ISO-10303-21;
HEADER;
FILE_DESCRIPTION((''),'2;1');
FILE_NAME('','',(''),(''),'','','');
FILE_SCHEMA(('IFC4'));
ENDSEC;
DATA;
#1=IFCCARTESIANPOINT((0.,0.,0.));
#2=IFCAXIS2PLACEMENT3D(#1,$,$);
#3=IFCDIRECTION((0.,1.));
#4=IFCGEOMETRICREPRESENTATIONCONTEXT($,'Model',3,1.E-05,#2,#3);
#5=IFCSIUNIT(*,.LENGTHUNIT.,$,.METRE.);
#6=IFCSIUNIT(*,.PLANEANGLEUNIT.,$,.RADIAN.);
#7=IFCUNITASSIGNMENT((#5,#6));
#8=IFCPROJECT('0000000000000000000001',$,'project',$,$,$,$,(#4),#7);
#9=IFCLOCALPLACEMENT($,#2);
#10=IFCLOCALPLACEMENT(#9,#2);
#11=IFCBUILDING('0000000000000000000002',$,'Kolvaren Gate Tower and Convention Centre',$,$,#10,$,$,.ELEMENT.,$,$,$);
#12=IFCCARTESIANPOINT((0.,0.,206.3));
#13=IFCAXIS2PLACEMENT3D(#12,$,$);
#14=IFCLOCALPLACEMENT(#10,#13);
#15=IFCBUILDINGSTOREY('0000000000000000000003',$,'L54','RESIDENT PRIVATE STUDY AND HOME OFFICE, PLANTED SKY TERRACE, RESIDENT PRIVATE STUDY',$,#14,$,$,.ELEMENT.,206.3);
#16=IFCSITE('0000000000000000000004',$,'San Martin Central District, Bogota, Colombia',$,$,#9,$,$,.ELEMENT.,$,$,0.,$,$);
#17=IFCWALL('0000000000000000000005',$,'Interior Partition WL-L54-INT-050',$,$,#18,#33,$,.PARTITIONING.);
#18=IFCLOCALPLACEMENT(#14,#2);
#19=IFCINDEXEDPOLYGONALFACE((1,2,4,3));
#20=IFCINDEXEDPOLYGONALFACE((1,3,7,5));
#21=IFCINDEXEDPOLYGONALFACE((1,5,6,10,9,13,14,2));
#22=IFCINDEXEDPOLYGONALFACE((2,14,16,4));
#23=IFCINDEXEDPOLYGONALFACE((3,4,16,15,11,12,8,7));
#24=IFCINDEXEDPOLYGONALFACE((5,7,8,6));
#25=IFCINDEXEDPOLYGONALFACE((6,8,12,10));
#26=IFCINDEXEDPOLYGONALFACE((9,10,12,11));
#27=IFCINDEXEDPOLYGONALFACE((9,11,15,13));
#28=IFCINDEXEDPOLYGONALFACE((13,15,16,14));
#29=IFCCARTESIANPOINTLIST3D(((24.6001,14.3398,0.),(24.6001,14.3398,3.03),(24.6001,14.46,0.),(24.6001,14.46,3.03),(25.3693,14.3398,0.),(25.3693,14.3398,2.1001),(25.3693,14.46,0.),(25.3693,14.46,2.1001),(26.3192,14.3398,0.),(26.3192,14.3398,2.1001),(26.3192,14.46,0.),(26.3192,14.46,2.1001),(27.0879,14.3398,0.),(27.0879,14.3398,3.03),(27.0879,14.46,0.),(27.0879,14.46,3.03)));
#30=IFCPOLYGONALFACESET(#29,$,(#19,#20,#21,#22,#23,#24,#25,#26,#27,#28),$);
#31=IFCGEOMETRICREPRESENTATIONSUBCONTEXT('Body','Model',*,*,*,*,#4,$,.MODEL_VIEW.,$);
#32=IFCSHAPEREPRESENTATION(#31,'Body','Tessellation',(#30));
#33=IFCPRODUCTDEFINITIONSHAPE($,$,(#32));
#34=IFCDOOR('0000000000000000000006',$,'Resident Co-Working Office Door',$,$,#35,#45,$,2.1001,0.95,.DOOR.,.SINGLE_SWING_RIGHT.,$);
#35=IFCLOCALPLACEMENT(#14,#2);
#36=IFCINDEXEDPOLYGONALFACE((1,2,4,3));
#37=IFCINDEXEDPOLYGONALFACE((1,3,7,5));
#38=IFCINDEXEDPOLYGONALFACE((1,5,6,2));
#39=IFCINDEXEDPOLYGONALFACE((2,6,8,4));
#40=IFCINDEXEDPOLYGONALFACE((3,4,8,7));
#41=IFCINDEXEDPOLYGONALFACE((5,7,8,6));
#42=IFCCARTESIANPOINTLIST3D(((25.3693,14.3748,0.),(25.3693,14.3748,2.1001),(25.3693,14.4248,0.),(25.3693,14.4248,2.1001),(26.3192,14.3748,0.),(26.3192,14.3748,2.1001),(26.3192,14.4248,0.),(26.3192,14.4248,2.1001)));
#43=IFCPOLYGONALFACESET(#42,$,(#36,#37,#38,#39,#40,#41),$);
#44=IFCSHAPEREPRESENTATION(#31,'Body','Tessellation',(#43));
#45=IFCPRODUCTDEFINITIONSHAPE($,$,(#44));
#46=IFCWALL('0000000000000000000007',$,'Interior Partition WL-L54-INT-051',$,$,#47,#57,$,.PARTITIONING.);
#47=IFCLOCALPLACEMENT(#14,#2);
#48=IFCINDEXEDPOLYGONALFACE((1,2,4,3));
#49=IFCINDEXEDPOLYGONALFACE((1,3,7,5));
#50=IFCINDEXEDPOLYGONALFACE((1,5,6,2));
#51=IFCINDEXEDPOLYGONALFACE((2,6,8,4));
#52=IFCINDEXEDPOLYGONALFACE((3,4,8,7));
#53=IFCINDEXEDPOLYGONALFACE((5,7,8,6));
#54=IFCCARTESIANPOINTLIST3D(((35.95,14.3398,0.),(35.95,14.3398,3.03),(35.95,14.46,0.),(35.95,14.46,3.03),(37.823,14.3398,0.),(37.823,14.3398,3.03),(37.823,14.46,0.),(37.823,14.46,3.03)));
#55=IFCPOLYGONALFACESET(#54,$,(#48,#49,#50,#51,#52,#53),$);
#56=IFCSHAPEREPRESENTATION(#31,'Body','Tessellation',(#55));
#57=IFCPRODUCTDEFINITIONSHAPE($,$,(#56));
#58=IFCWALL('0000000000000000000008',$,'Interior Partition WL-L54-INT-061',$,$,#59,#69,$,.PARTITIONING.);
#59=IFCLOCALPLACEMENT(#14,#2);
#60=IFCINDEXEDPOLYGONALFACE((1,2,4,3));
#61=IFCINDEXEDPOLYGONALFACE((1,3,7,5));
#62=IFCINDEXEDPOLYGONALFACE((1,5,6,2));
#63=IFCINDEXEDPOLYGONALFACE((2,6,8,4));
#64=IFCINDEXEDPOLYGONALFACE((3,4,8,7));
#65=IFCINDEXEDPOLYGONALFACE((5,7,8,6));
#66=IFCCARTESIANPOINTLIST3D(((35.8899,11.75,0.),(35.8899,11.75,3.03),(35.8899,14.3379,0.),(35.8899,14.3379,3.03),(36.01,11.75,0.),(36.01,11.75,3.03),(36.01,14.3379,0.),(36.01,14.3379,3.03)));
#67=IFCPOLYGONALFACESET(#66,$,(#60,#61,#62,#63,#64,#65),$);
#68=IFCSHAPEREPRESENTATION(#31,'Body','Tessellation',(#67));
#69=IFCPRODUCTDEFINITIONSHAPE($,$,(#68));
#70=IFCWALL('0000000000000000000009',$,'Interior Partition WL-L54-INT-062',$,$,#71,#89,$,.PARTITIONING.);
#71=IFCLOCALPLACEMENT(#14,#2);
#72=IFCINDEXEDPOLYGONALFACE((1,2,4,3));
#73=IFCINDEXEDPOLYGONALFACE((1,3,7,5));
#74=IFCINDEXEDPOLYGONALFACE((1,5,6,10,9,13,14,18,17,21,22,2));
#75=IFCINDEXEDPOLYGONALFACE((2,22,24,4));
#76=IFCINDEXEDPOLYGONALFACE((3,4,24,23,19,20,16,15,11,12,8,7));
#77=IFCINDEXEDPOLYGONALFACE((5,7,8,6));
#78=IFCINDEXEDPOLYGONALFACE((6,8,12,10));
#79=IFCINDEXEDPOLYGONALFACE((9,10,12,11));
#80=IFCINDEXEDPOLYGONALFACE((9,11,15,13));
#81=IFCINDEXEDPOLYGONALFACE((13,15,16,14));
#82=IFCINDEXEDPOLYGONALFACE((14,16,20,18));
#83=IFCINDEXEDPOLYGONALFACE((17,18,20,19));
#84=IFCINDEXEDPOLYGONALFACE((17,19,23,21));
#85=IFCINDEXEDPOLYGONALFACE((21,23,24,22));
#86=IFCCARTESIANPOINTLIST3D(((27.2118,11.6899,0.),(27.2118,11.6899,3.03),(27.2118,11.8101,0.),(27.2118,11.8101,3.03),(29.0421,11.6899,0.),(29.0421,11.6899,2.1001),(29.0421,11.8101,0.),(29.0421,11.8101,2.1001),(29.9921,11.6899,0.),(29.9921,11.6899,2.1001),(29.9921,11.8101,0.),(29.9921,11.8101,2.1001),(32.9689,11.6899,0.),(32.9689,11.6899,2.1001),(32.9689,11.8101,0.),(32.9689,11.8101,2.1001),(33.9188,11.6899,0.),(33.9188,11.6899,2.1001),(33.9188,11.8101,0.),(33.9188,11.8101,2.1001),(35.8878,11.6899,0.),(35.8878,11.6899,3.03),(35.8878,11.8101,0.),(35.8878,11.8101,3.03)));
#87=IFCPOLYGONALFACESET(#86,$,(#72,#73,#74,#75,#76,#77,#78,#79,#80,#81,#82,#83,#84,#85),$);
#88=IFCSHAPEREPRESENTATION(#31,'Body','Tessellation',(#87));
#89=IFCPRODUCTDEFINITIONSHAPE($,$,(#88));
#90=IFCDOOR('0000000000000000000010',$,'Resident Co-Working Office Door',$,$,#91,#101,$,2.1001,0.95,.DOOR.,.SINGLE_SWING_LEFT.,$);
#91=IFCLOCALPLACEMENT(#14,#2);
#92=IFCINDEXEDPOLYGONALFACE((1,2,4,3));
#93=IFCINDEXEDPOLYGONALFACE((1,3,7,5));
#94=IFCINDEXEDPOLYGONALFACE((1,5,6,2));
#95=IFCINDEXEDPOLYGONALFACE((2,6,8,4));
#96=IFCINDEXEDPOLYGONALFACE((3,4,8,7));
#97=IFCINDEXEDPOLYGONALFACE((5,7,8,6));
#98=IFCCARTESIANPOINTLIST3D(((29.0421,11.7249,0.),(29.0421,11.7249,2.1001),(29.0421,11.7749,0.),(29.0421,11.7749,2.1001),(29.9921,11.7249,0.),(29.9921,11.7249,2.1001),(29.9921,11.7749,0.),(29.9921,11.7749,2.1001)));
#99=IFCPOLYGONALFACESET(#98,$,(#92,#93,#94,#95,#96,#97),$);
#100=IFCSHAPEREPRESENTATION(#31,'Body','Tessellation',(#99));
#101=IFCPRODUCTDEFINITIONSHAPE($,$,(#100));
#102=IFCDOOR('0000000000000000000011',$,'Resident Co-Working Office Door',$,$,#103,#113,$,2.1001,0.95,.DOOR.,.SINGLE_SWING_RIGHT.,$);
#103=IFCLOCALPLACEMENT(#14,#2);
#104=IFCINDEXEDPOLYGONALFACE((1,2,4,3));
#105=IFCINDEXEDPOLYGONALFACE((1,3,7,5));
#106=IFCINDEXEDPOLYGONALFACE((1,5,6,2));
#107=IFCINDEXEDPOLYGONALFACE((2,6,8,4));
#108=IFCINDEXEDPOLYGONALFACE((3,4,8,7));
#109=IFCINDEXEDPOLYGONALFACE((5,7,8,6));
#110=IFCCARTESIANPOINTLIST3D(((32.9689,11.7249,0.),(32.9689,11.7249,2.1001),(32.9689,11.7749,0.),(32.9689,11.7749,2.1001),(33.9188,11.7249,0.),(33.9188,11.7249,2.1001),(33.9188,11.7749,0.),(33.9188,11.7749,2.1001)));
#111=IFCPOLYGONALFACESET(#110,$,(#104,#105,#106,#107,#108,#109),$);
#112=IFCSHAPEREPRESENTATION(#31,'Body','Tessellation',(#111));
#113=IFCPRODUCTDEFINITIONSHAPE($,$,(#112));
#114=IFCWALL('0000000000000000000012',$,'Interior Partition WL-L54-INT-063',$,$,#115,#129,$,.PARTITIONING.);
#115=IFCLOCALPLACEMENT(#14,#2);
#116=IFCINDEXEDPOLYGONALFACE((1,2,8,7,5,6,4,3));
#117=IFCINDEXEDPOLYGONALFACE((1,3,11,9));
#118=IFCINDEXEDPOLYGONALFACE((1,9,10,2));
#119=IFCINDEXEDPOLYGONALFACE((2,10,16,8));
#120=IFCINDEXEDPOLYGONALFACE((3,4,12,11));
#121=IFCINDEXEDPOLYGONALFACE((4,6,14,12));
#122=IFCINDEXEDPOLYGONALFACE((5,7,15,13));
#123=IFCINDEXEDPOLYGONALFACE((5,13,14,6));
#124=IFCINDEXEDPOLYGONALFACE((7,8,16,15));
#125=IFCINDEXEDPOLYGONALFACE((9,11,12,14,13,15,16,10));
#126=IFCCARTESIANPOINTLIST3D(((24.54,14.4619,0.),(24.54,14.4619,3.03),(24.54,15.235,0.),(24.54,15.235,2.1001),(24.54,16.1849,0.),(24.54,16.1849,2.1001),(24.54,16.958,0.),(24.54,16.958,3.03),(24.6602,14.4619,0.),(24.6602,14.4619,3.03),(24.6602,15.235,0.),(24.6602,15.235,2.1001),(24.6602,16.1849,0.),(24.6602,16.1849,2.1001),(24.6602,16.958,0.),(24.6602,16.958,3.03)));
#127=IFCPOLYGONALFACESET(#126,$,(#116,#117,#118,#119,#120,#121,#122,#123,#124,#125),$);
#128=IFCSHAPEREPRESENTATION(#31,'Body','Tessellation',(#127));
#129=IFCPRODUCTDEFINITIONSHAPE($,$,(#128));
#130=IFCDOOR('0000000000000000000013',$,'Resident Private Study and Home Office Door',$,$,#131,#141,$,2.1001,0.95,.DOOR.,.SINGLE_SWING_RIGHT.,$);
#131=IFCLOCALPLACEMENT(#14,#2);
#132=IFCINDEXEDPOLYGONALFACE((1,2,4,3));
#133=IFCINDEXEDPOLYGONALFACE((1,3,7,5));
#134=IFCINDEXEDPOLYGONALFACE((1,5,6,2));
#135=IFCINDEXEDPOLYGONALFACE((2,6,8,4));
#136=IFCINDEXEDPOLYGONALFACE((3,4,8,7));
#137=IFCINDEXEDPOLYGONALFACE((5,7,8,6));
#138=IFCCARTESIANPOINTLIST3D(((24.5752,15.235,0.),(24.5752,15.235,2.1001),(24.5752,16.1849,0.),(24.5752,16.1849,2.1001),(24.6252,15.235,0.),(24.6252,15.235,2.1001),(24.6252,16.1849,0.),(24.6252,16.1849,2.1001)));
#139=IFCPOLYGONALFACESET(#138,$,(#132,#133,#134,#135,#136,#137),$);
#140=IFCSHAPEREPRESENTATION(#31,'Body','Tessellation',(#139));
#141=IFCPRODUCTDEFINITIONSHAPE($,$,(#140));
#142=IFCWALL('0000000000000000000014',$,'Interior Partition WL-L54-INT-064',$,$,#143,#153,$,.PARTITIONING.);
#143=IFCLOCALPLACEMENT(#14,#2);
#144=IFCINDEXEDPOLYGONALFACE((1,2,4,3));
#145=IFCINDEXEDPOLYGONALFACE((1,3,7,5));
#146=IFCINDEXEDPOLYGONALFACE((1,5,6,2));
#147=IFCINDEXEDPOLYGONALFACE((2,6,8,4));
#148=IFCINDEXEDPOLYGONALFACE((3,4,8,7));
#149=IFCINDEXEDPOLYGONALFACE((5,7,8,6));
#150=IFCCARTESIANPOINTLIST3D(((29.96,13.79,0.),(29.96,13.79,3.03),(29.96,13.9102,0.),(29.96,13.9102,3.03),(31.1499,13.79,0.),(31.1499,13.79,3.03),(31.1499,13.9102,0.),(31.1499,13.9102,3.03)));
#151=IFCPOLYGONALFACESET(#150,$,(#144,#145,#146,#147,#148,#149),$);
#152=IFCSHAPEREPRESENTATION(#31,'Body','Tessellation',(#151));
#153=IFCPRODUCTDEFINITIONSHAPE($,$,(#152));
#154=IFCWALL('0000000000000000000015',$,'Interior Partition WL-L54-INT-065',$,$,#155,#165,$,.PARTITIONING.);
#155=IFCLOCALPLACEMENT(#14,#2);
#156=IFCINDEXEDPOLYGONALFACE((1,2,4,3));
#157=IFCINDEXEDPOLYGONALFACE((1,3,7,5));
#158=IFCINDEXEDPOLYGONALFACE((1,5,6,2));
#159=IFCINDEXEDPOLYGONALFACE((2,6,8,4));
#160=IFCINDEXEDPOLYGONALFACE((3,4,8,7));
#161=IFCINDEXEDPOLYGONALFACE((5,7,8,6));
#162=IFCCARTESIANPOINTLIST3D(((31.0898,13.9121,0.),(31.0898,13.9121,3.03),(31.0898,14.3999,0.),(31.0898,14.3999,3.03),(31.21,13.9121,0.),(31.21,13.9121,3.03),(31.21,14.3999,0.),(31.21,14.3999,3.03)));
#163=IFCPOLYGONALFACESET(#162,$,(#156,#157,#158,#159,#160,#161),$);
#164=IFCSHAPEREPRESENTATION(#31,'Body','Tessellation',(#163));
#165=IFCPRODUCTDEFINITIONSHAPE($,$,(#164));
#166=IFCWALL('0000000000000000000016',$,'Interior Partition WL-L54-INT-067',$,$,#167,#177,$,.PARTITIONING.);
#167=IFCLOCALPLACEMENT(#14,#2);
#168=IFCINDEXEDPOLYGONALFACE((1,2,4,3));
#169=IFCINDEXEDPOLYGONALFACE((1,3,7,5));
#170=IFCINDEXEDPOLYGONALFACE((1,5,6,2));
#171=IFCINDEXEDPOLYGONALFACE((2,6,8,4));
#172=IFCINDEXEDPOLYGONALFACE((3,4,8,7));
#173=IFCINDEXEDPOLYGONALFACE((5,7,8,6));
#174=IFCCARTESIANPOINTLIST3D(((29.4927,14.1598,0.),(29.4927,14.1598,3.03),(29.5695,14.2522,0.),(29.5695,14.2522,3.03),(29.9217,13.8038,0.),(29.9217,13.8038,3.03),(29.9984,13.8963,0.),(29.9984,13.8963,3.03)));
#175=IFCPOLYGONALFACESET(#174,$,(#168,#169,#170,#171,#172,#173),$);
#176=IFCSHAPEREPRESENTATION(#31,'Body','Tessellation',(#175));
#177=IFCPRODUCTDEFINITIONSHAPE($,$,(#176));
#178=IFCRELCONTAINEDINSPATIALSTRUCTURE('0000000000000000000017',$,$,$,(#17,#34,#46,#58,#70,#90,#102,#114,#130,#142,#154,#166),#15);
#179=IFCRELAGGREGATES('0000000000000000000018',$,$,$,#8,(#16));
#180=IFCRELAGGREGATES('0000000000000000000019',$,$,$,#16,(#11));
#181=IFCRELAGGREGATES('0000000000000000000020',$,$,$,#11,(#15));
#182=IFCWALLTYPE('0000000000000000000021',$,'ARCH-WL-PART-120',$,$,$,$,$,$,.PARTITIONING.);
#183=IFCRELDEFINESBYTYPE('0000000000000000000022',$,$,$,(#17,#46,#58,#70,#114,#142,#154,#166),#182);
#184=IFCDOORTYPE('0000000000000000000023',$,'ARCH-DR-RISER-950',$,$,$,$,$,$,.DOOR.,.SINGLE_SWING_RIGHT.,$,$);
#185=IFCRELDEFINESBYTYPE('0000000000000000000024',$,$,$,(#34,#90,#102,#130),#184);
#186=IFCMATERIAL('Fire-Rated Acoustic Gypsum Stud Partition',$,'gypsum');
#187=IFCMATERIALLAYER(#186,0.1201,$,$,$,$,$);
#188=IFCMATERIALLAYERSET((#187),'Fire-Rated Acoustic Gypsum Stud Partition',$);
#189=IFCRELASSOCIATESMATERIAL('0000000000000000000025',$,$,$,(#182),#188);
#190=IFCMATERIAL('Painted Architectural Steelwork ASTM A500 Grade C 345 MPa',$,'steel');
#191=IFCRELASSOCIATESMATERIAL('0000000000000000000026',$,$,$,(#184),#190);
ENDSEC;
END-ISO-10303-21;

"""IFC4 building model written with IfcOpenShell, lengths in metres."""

from ifc_helpers import new_model, si_unit, direction, frame, frame_2d, origin, place, context, subcontext, project, spatial, rectangle, extrude, material, layer, layer_set, type_object, element, fill, save


model = new_model("IFC4")

# Units and contexts
model_context = context("Model", 3, precision=1e-05, world=origin(), true_north=direction((0.0, 1.0)))
body_context = subcontext(model_context, "Body", "Model", "MODEL_VIEW")
ifc_project = project(units=[si_unit("LENGTHUNIT", "METRE"), si_unit("PLANEANGLEUNIT", "RADIAN")], contexts=[model_context])

# Site, building, storey
site_placement = place(None, origin())
site = spatial("IfcSite", under=ifc_project, at=site_placement, Name="San Martin Central District, Bogota, Colombia", CompositionType="ELEMENT", RefElevation=0.0)
building_placement = place(site_placement, origin())
building = spatial("IfcBuilding", under=site, at=building_placement, Name="Kolvaren Gate Tower and Convention Centre", CompositionType="ELEMENT")
storey_placement = place(building_placement, frame((0.0, 0.0, 206.3)))
storey = spatial("IfcBuildingStorey", under=building, at=storey_placement, Name="L54", Description="RESIDENT PRIVATE STUDY AND HOME OFFICE, PLANTED SKY TERRACE, RESIDENT PRIVATE STUDY", CompositionType="ELEMENT", Elevation=206.3)

# Shared definitions
ifc_material_1 = material(Name="Fire-Rated Acoustic Gypsum Stud Partition", Category="gypsum")
ifc_layer_1 = layer(ifc_material_1, 0.1201)
ifc_layer_set_1 = layer_set([ifc_layer_1], Name="Fire-Rated Acoustic Gypsum Stud Partition")
wall_type_1 = type_object("IfcWallType", Name="ARCH-WL-PART-120", PredefinedType="PARTITIONING", material=ifc_layer_set_1)

# Wall, opening, door
wall_1_placement = place(storey_placement, frame((24.6001, 14.3999, 0.0), z_axis=(0.0, 0.0, 1.0), x_axis=(1.0, 0.0, 0.0)))
wall_1 = element("IfcWall", 1, at=wall_1_placement, inside=storey, type_object=wall_type_1, Name="Interior Partition WL-L54-INT-050", PredefinedType="PARTITIONING", context=body_context, shape_type="SweptSolid", body=[
    extrude(rectangle(XDim=2.4878, YDim=0.1201, at=frame_2d((1.2439, 0.0))), origin(), (0.0, 0.0, 1.0), 3.03),
])
opening_1_placement = place(wall_1_placement, frame((0.769, 0.0, 0.0)))
opening_1 = element("IfcOpeningElement", 2, at=opening_1_placement, cuts=wall_1, PredefinedType="OPENING", context=body_context, shape_type="SweptSolid", body=[
    extrude(rectangle(XDim=0.95, YDim=2.1001, at=frame_2d((0.4751, 1.05))), frame((0.0, 0.0701, 0.0), z_axis=(0.0, -1.0, 0.0), x_axis=(1.0, 0.0, 0.0)), (0.0, 0.0, 1.0), 0.1401),
])
ifc_material_2 = material(Name="Painted Architectural Steelwork ASTM A500 Grade C 345 MPa", Category="steel")
door_type = type_object("IfcDoorType", Name="ARCH-DR-RISER-950", OperationType="SINGLE_SWING_RIGHT", PredefinedType="DOOR", material=ifc_material_2)
door_1_placement = place(opening_1_placement, origin())
door_1 = element("IfcDoor", 3, at=door_1_placement, inside=storey, type_object=door_type, Name="Resident Co-Working Office Door", OperationType="SINGLE_SWING_RIGHT", OverallHeight=2.1001, OverallWidth=0.95, PredefinedType="DOOR", context=body_context, shape_type="SweptSolid", body=[
    extrude(rectangle(XDim=0.95, YDim=2.1001, at=frame_2d((0.4751, 1.05))), frame((0.0, 0.0249, 0.0), z_axis=(0.0, -1.0, 0.0), x_axis=(1.0, 0.0, 0.0)), (0.0, 0.0, 1.0), 0.05),
])
fill(opening_1, door_1)

# Walls
wall_2_placement = place(storey_placement, frame((35.95, 14.3999, 0.0), z_axis=(0.0, 0.0, 1.0), x_axis=(1.0, 0.0, 0.0)))
element("IfcWall", 4, at=wall_2_placement, inside=storey, type_object=wall_type_1, Name="Interior Partition WL-L54-INT-051", PredefinedType="PARTITIONING", context=body_context, shape_type="SweptSolid", body=[
    extrude(rectangle(XDim=1.873, YDim=0.1201, at=frame_2d((0.9365, 0.0))), origin(), (0.0, 0.0, 1.0), 3.03),
])
wall_3_placement = place(storey_placement, frame((35.95, 11.75, 0.0), z_axis=(0.0, 0.0, 1.0), x_axis=(0.0, 1.0, 0.0)))
element("IfcWall", 5, at=wall_3_placement, inside=storey, type_object=wall_type_1, Name="Interior Partition WL-L54-INT-061", PredefinedType="PARTITIONING", context=body_context, shape_type="SweptSolid", body=[
    extrude(rectangle(XDim=2.5879, YDim=0.1201, at=frame_2d((1.2939, 0.0))), origin(), (0.0, 0.0, 1.0), 3.03),
])

# Wall, openings, doors
wall_4_placement = place(storey_placement, frame((27.2119, 11.75, 0.0), z_axis=(0.0, 0.0, 1.0), x_axis=(1.0, 0.0, 0.0)))
wall_4 = element("IfcWall", 6, at=wall_4_placement, inside=storey, type_object=wall_type_1, Name="Interior Partition WL-L54-INT-062", PredefinedType="PARTITIONING", context=body_context, shape_type="SweptSolid", body=[
    extrude(rectangle(XDim=8.676, YDim=0.1201, at=frame_2d((4.3379, 0.0))), origin(), (0.0, 0.0, 1.0), 3.03),
])
opening_2_placement = place(wall_4_placement, frame((1.8301, 0.0, 0.0)))
opening_2 = element("IfcOpeningElement", 7, at=opening_2_placement, cuts=wall_4, PredefinedType="OPENING", context=body_context, shape_type="SweptSolid", body=[
    extrude(rectangle(XDim=0.95, YDim=2.1001, at=frame_2d((0.4751, 1.05))), frame((0.0, 0.0701, 0.0), z_axis=(0.0, -1.0, 0.0), x_axis=(1.0, 0.0, 0.0)), (0.0, 0.0, 1.0), 0.1401),
])
opening_3_placement = place(wall_4_placement, frame((5.7568, 0.0, 0.0)))
opening_3 = element("IfcOpeningElement", 8, at=opening_3_placement, cuts=wall_4, PredefinedType="OPENING", context=body_context, shape_type="SweptSolid", body=[
    extrude(rectangle(XDim=0.95, YDim=2.1001, at=frame_2d((0.4751, 1.05))), frame((0.0, 0.0701, 0.0), z_axis=(0.0, -1.0, 0.0), x_axis=(1.0, 0.0, 0.0)), (0.0, 0.0, 1.0), 0.1401),
])
door_2_placement = place(opening_2_placement, origin())
door_2 = element("IfcDoor", 9, at=door_2_placement, inside=storey, type_object=door_type, Name="Resident Co-Working Office Door", OperationType="SINGLE_SWING_LEFT", OverallHeight=2.1001, OverallWidth=0.95, PredefinedType="DOOR", context=body_context, shape_type="SweptSolid", body=[
    extrude(rectangle(XDim=0.95, YDim=2.1001, at=frame_2d((0.4751, 1.05))), frame((0.0, 0.0249, 0.0), z_axis=(0.0, -1.0, 0.0), x_axis=(1.0, 0.0, 0.0)), (0.0, 0.0, 1.0), 0.05),
])
fill(opening_2, door_2)
door_3_placement = place(opening_3_placement, origin())
door_3 = element("IfcDoor", 10, at=door_3_placement, inside=storey, type_object=door_type, Name="Resident Co-Working Office Door", OperationType="SINGLE_SWING_RIGHT", OverallHeight=2.1001, OverallWidth=0.95, PredefinedType="DOOR", context=body_context, shape_type="SweptSolid", body=[
    extrude(rectangle(XDim=0.95, YDim=2.1001, at=frame_2d((0.4751, 1.05))), frame((0.0, 0.0249, 0.0), z_axis=(0.0, -1.0, 0.0), x_axis=(1.0, 0.0, 0.0)), (0.0, 0.0, 1.0), 0.05),
])
fill(opening_3, door_3)

# Wall, opening, door
wall_5_placement = place(storey_placement, frame((24.6001, 14.4619, 0.0), z_axis=(0.0, 0.0, 1.0), x_axis=(0.0, 1.0, 0.0)))
wall_5 = element("IfcWall", 11, at=wall_5_placement, inside=storey, type_object=wall_type_1, Name="Interior Partition WL-L54-INT-063", PredefinedType="PARTITIONING", context=body_context, shape_type="SweptSolid", body=[
    extrude(rectangle(XDim=2.4961, YDim=0.1201, at=frame_2d((1.248, 0.0))), origin(), (0.0, 0.0, 1.0), 3.03),
])
opening_4_placement = place(wall_5_placement, frame((0.7729, 0.0, 0.0)))
opening_4 = element("IfcOpeningElement", 12, at=opening_4_placement, cuts=wall_5, PredefinedType="OPENING", context=body_context, shape_type="SweptSolid", body=[
    extrude(rectangle(XDim=0.95, YDim=2.1001, at=frame_2d((0.4751, 1.05))), frame((0.0, 0.0701, 0.0), z_axis=(0.0, -1.0, 0.0), x_axis=(1.0, 0.0, 0.0)), (0.0, 0.0, 1.0), 0.1401),
])
door_4_placement = place(opening_4_placement, origin())
door_4 = element("IfcDoor", 13, at=door_4_placement, inside=storey, type_object=door_type, Name="Resident Private Study and Home Office Door", OperationType="SINGLE_SWING_RIGHT", OverallHeight=2.1001, OverallWidth=0.95, PredefinedType="DOOR", context=body_context, shape_type="SweptSolid", body=[
    extrude(rectangle(XDim=0.95, YDim=2.1001, at=frame_2d((0.4751, 1.05))), frame((0.0, 0.0249, 0.0), z_axis=(0.0, -1.0, 0.0), x_axis=(1.0, 0.0, 0.0)), (0.0, 0.0, 1.0), 0.05),
])
fill(opening_4, door_4)

# Walls
wall_6_placement = place(storey_placement, frame((29.96, 13.8501, 0.0), z_axis=(0.0, 0.0, 1.0), x_axis=(1.0, 0.0, 0.0)))
element("IfcWall", 14, at=wall_6_placement, inside=storey, type_object=wall_type_1, Name="Interior Partition WL-L54-INT-064", PredefinedType="PARTITIONING", context=body_context, shape_type="SweptSolid", body=[
    extrude(rectangle(XDim=1.1899, YDim=0.1201, at=frame_2d((0.595, 0.0))), origin(), (0.0, 0.0, 1.0), 3.03),
])
wall_7_placement = place(storey_placement, frame((31.1499, 13.9121, 0.0), z_axis=(0.0, 0.0, 1.0), x_axis=(0.0, 1.0, 0.0)))
element("IfcWall", 15, at=wall_7_placement, inside=storey, type_object=wall_type_1, Name="Interior Partition WL-L54-INT-065", PredefinedType="PARTITIONING", context=body_context, shape_type="SweptSolid", body=[
    extrude(rectangle(XDim=0.4878, YDim=0.1201, at=frame_2d((0.2439, 0.0))), origin(), (0.0, 0.0, 1.0), 3.03),
])
wall_8_placement = place(storey_placement, frame((29.531, 14.2061, 0.0), z_axis=(0.0, 0.0, 1.0), x_axis=(0.769548, -0.638589, 0.0)))
element("IfcWall", 16, at=wall_8_placement, inside=storey, type_object=wall_type_1, Name="Interior Partition WL-L54-INT-067", PredefinedType="PARTITIONING", context=body_context, shape_type="SweptSolid", body=[
    extrude(rectangle(XDim=0.5574, YDim=0.1201, at=frame_2d((0.2788, 0.0))), origin(), (0.0, 0.0, 1.0), 3.03),
])

save(model, "model.ifc")
